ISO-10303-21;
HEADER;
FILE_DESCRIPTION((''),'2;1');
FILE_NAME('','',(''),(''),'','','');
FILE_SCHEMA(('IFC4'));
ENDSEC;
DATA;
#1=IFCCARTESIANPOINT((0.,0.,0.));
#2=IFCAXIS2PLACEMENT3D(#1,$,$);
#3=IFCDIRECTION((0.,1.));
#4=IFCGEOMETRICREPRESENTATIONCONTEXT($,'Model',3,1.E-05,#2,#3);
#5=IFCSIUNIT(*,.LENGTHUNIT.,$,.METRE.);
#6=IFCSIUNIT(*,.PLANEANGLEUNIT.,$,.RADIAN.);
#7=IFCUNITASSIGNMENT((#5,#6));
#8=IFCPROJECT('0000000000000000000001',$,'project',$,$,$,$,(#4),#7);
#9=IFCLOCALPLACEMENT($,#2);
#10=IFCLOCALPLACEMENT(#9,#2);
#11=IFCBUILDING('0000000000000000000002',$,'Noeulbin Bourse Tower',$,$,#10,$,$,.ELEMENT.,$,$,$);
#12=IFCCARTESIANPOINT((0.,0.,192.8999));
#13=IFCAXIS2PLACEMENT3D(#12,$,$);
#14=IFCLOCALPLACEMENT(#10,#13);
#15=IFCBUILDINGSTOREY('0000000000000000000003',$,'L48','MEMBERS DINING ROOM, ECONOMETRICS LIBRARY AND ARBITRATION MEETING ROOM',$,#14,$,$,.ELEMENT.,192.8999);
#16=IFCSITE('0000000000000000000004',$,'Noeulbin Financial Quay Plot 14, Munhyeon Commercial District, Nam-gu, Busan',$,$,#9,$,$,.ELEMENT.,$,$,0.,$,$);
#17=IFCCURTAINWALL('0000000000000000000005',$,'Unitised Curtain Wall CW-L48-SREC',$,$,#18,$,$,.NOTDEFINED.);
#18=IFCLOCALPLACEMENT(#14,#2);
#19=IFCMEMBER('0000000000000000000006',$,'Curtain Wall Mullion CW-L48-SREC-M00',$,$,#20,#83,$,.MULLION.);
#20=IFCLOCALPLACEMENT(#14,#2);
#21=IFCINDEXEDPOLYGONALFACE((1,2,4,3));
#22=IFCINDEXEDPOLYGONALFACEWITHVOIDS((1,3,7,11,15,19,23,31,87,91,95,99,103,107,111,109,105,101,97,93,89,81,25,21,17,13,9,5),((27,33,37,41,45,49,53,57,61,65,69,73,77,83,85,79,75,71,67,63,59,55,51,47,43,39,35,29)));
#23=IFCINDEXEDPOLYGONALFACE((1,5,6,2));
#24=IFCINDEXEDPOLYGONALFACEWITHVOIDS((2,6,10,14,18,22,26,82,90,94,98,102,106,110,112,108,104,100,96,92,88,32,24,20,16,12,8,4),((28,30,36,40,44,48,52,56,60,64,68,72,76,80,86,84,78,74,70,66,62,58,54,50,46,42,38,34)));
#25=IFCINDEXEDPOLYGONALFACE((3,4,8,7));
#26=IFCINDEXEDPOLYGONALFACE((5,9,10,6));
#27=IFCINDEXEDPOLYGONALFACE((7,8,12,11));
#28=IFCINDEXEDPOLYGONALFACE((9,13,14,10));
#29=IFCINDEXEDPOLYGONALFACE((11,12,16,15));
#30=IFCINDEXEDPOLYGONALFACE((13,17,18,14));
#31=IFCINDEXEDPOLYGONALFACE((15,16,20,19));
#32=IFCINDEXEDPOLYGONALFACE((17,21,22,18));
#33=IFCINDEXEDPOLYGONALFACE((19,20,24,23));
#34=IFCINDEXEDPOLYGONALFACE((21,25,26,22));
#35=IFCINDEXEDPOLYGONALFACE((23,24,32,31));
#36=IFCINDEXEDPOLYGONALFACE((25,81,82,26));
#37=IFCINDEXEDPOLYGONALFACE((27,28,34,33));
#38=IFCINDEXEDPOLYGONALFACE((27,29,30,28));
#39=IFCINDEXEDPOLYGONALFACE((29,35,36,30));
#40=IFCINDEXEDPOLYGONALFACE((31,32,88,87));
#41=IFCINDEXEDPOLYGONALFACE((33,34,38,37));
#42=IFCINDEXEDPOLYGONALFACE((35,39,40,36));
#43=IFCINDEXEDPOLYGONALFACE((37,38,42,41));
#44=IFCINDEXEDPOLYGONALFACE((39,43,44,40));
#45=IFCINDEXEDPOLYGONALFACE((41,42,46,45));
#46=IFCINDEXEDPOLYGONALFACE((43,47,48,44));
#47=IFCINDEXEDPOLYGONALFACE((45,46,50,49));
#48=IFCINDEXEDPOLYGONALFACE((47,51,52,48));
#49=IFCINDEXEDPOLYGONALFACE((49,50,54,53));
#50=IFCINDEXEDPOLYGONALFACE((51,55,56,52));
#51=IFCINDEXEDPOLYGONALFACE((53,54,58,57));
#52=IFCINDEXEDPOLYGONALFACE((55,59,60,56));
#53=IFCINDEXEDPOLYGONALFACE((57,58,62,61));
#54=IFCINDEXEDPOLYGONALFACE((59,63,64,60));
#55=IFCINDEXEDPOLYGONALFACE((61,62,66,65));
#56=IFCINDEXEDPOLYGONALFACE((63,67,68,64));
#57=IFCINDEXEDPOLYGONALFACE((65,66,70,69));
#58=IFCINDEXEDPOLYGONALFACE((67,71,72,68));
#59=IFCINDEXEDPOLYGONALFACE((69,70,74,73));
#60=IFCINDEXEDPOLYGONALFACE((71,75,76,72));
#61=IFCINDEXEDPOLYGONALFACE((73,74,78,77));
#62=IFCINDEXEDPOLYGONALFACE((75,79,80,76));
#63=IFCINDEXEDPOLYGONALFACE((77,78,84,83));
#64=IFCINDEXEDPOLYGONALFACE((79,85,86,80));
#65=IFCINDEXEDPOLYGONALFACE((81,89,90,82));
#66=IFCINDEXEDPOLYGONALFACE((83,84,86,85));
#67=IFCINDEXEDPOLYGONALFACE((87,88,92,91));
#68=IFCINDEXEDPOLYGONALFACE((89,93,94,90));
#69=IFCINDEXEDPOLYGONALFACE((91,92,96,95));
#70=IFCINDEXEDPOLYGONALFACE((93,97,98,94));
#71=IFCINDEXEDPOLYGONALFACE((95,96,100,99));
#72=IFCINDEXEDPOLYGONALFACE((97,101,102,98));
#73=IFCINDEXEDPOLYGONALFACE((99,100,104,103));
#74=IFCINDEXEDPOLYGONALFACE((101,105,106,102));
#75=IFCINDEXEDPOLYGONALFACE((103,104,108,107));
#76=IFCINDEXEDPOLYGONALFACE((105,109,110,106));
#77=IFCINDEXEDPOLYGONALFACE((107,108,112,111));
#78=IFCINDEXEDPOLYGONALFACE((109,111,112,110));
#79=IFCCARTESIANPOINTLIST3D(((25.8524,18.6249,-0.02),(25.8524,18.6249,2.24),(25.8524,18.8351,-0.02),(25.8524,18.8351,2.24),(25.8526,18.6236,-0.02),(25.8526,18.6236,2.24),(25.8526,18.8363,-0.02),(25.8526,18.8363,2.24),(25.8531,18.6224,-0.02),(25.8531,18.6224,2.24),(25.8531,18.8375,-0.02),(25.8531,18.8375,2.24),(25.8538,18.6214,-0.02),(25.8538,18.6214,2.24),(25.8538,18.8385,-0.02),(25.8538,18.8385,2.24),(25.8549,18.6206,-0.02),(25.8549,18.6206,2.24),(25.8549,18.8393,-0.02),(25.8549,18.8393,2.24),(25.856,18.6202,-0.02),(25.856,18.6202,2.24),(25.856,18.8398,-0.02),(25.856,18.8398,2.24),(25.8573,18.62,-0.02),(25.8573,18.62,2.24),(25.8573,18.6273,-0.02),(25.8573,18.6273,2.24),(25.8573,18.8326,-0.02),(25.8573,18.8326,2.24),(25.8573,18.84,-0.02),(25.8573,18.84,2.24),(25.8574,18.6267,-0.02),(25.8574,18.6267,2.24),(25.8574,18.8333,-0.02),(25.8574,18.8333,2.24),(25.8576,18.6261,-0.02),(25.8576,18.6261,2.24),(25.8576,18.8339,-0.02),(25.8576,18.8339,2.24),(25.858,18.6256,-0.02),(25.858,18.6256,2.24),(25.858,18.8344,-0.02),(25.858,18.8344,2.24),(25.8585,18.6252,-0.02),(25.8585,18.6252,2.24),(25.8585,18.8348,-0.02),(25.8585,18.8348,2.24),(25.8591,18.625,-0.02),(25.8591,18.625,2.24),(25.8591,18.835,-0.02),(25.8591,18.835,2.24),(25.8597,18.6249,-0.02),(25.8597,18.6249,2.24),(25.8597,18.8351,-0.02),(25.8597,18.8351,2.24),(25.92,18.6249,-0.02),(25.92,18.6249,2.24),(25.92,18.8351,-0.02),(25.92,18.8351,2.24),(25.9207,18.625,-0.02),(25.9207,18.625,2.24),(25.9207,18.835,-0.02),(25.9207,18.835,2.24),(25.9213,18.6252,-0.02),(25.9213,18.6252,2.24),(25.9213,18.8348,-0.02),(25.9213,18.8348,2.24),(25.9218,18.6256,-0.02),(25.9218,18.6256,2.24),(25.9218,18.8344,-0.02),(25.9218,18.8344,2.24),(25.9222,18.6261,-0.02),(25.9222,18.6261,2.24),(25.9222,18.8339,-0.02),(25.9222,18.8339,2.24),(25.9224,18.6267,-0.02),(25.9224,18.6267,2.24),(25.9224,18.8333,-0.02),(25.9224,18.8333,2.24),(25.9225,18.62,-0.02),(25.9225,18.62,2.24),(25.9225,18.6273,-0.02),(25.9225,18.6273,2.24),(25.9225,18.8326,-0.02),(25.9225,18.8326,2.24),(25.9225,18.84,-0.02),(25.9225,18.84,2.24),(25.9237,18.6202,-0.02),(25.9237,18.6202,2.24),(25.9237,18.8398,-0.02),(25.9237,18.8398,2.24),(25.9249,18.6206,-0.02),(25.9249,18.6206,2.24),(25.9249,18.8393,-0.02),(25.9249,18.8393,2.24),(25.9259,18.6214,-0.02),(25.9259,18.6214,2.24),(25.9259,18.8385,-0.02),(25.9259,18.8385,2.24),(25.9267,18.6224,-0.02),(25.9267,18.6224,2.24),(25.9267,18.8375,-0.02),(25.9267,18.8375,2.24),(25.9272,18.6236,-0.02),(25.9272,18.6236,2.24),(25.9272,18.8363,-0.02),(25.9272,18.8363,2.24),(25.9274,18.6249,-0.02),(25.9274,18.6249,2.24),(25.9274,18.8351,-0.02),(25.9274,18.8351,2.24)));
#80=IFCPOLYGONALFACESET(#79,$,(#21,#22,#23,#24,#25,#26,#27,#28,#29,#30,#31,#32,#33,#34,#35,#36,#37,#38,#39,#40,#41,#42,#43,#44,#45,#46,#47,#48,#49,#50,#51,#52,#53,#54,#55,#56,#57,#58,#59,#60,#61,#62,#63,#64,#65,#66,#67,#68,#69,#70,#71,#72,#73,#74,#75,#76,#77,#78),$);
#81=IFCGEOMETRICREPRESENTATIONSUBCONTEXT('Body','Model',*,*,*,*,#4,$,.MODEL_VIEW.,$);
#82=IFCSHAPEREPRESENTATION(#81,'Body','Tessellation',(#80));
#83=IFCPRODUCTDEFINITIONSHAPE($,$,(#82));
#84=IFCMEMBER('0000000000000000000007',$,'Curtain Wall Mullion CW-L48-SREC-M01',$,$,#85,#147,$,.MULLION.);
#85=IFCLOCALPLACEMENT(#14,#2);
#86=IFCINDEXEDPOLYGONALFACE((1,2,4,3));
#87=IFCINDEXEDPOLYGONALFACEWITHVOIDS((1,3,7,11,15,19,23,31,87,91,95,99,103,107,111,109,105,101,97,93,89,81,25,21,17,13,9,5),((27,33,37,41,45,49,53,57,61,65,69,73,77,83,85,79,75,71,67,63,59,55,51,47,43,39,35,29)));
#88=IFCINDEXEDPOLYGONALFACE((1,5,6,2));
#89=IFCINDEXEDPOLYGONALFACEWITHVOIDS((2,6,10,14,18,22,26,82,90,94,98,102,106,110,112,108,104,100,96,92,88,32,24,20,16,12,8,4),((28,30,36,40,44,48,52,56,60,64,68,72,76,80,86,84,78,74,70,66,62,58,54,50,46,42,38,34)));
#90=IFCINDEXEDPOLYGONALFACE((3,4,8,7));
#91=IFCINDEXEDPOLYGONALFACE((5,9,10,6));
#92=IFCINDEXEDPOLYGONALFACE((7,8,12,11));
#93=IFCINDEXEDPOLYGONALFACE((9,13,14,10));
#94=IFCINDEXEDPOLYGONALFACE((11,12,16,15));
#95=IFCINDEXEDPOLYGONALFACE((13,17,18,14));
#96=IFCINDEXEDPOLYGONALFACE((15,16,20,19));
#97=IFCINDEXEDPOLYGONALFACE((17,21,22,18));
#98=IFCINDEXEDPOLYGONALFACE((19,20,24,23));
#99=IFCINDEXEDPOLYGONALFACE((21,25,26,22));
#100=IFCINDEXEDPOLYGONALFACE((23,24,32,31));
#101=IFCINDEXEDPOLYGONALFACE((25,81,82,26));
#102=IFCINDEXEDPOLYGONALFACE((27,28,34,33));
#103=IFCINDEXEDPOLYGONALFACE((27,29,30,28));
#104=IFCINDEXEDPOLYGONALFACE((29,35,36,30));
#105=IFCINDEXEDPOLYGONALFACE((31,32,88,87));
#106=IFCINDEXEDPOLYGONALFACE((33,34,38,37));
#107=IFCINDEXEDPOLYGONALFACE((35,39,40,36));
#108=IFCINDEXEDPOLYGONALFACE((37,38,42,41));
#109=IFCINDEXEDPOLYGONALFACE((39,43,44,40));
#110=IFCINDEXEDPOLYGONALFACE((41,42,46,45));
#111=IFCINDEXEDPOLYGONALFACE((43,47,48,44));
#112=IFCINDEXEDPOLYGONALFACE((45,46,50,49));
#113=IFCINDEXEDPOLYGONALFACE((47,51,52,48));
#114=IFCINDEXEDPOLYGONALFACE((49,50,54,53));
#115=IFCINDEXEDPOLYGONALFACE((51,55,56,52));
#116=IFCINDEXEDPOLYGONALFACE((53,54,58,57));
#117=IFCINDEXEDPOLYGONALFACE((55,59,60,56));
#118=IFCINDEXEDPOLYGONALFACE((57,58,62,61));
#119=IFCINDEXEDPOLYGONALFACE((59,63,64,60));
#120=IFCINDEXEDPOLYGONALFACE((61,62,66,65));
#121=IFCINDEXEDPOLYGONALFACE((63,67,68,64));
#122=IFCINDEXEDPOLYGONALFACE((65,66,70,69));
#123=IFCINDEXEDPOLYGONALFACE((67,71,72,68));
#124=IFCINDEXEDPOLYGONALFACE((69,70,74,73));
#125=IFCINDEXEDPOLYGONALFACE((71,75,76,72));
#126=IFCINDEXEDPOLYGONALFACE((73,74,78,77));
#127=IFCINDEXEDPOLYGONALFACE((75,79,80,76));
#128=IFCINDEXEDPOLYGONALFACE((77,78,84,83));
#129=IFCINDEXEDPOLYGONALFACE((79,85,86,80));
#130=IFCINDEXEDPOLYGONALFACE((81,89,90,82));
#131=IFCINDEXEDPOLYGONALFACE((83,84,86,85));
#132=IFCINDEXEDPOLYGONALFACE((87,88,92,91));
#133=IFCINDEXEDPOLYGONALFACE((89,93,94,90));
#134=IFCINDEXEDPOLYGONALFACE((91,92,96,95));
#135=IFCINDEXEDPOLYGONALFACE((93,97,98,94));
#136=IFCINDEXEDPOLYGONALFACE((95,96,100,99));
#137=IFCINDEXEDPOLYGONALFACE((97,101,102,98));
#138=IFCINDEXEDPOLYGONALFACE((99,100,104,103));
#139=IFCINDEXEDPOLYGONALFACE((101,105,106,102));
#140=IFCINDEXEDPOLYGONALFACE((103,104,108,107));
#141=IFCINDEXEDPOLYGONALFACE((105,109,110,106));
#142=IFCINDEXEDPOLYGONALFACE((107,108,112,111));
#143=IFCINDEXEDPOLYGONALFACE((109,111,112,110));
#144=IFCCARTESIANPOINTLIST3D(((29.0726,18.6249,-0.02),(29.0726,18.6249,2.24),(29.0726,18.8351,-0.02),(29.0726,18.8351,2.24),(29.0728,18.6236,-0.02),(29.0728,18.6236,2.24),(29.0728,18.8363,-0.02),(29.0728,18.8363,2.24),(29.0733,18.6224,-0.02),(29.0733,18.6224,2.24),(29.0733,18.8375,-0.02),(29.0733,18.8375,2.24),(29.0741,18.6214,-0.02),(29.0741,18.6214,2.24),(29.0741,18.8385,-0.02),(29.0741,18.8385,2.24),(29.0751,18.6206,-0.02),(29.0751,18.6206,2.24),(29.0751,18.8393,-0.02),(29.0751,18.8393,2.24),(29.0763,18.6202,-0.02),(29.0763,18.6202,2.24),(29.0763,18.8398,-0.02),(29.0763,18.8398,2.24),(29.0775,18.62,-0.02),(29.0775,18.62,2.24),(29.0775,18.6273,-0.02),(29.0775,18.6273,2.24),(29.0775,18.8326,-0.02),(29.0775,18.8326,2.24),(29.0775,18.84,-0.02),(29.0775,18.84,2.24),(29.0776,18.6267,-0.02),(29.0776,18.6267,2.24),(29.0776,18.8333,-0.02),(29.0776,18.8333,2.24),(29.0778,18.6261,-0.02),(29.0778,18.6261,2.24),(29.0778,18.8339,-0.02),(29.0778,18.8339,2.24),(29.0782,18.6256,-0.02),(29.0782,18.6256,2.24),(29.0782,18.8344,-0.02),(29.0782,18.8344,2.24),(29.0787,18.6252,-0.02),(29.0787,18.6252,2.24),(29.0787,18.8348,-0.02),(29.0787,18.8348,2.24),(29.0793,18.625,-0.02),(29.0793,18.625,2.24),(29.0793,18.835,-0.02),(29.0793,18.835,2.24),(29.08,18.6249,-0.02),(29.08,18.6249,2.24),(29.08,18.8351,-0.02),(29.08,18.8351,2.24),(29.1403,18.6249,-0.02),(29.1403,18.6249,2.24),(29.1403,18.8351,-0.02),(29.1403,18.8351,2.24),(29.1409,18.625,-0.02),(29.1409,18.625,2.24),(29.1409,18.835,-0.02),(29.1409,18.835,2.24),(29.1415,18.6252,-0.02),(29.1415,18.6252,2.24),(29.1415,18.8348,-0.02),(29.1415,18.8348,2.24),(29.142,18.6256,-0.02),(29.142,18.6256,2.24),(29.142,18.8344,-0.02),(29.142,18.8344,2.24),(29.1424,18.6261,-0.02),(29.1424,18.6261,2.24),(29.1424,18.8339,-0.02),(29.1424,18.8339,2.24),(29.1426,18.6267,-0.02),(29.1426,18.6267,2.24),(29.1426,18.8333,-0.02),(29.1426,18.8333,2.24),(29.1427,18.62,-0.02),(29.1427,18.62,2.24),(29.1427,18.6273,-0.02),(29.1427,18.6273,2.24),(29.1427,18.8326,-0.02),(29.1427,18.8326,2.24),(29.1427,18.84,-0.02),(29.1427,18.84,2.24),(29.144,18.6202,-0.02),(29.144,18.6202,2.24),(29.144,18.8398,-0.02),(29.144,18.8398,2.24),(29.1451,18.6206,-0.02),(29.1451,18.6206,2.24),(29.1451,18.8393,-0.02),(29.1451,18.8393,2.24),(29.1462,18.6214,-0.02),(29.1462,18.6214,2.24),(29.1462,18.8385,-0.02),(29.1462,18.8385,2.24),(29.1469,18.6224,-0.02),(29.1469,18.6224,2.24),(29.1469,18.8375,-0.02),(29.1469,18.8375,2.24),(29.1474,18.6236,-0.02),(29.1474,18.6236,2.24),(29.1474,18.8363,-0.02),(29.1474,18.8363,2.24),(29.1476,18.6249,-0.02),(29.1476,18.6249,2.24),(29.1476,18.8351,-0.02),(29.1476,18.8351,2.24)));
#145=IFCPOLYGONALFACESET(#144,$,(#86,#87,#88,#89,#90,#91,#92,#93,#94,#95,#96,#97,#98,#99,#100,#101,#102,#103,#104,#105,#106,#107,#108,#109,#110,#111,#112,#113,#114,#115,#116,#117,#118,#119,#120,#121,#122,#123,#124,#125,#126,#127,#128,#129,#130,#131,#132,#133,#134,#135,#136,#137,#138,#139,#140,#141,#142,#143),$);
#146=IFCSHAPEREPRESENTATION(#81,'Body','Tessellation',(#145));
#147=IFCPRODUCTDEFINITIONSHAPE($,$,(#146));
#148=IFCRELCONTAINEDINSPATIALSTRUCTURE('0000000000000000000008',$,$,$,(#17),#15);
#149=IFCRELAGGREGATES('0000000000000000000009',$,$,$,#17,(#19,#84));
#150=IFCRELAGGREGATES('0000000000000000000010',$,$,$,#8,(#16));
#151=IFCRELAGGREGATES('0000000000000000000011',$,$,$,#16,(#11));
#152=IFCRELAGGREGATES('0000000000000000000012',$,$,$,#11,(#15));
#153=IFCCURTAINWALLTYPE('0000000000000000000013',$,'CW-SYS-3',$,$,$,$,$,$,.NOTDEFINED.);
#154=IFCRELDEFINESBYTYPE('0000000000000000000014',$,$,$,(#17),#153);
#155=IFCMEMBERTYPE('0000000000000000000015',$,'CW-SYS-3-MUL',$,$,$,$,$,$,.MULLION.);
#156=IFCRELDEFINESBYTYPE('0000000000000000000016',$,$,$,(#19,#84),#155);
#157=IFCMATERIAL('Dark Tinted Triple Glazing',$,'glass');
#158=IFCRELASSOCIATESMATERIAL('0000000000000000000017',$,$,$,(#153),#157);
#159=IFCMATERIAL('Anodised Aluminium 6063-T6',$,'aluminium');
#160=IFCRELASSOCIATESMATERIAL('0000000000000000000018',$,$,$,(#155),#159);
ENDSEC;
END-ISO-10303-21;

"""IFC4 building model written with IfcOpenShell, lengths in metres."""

from ifc_helpers import new_model, si_unit, direction, frame, origin, origin_2d, place, context, subcontext, project, spatial, hollow_rectangle, extrude, material, material_profile, profile_set, type_object, element, aggregate, save


model = new_model("IFC4")

# Units and contexts
model_context = context("Model", 3, precision=1e-05, world=origin(), true_north=direction((0.0, 1.0)))
body_context = subcontext(model_context, "Body", "Model", "MODEL_VIEW")
ifc_project = project(units=[si_unit("LENGTHUNIT", "METRE"), si_unit("PLANEANGLEUNIT", "RADIAN")], contexts=[model_context])

# Site, building, storey
site_placement = place(None, origin())
site = spatial("IfcSite", under=ifc_project, at=site_placement, Name="Noeulbin Financial Quay Plot 14, Munhyeon Commercial District, Nam-gu, Busan", CompositionType="ELEMENT", RefElevation=0.0)
building_placement = place(site_placement, origin())
building = spatial("IfcBuilding", under=site, at=building_placement, Name="Noeulbin Bourse Tower", CompositionType="ELEMENT")
storey_placement = place(building_placement, frame((0.0, 0.0, 192.8999)))
storey = spatial("IfcBuildingStorey", under=building, at=storey_placement, Name="L48", Description="MEMBERS DINING ROOM, ECONOMETRICS LIBRARY AND ARBITRATION MEETING ROOM", CompositionType="ELEMENT", Elevation=192.8999)

# Curtain wall, members
ifc_material_1 = material(Name="Dark Tinted Triple Glazing", Category="glass")
curtain_wall_type = type_object("IfcCurtainWallType", Name="CW-SYS-3", PredefinedType="NOTDEFINED", material=ifc_material_1)
curtain_wall_1_placement = place(storey_placement, origin())
curtain_wall_1 = element("IfcCurtainWall", 1, at=curtain_wall_1_placement, inside=storey, type_object=curtain_wall_type, Name="Unitised Curtain Wall CW-L48-SREC", PredefinedType="NOTDEFINED")
ifc_material_2 = material(Name="Anodised Aluminium 6063-T6", Category="aluminium")
ifc_material_profile_1 = material_profile(ifc_material_2, hollow_rectangle(XDim=0.075, YDim=0.22, WallThickness=0.0049, InnerFilletRadius=0.0024, OuterFilletRadius=0.0049, at=origin_2d()), Name="ALU-MULL-75x220x5", Category="LoadBearing")
ifc_profile_set_1 = profile_set([ifc_material_profile_1], Name="Anodised Aluminium 6063-T6")
member_type_1 = type_object("IfcMemberType", Name="CW-SYS-3-MUL", PredefinedType="MULLION", material=ifc_profile_set_1)
member_1_placement = place(storey_placement, frame((25.8899, 18.73, -0.02), z_axis=(0.0, 0.0, 1.0), x_axis=(1.0, 0.0, 0.0)))
member_1 = element("IfcMember", 2, at=member_1_placement, type_object=member_type_1, Name="Curtain Wall Mullion CW-L48-SREC-M00", PredefinedType="MULLION", context=body_context, shape_type="SweptSolid", body=[
    extrude(hollow_rectangle(XDim=0.075, YDim=0.22, WallThickness=0.0049, InnerFilletRadius=0.0024, OuterFilletRadius=0.0049, at=origin_2d()), origin(), (0.0, 0.0, 1.0), 2.26),
])
member_2_placement = place(storey_placement, frame((29.1101, 18.73, -0.02), z_axis=(0.0, 0.0, 1.0), x_axis=(1.0, 0.0, 0.0)))
member_2 = element("IfcMember", 3, at=member_2_placement, type_object=member_type_1, Name="Curtain Wall Mullion CW-L48-SREC-M01", PredefinedType="MULLION", context=body_context, shape_type="SweptSolid", body=[
    extrude(hollow_rectangle(XDim=0.075, YDim=0.22, WallThickness=0.0049, InnerFilletRadius=0.0024, OuterFilletRadius=0.0049, at=origin_2d()), origin(), (0.0, 0.0, 1.0), 2.26),
])

aggregate(curtain_wall_1, [member_1, member_2])

save(model, "model.ifc")
